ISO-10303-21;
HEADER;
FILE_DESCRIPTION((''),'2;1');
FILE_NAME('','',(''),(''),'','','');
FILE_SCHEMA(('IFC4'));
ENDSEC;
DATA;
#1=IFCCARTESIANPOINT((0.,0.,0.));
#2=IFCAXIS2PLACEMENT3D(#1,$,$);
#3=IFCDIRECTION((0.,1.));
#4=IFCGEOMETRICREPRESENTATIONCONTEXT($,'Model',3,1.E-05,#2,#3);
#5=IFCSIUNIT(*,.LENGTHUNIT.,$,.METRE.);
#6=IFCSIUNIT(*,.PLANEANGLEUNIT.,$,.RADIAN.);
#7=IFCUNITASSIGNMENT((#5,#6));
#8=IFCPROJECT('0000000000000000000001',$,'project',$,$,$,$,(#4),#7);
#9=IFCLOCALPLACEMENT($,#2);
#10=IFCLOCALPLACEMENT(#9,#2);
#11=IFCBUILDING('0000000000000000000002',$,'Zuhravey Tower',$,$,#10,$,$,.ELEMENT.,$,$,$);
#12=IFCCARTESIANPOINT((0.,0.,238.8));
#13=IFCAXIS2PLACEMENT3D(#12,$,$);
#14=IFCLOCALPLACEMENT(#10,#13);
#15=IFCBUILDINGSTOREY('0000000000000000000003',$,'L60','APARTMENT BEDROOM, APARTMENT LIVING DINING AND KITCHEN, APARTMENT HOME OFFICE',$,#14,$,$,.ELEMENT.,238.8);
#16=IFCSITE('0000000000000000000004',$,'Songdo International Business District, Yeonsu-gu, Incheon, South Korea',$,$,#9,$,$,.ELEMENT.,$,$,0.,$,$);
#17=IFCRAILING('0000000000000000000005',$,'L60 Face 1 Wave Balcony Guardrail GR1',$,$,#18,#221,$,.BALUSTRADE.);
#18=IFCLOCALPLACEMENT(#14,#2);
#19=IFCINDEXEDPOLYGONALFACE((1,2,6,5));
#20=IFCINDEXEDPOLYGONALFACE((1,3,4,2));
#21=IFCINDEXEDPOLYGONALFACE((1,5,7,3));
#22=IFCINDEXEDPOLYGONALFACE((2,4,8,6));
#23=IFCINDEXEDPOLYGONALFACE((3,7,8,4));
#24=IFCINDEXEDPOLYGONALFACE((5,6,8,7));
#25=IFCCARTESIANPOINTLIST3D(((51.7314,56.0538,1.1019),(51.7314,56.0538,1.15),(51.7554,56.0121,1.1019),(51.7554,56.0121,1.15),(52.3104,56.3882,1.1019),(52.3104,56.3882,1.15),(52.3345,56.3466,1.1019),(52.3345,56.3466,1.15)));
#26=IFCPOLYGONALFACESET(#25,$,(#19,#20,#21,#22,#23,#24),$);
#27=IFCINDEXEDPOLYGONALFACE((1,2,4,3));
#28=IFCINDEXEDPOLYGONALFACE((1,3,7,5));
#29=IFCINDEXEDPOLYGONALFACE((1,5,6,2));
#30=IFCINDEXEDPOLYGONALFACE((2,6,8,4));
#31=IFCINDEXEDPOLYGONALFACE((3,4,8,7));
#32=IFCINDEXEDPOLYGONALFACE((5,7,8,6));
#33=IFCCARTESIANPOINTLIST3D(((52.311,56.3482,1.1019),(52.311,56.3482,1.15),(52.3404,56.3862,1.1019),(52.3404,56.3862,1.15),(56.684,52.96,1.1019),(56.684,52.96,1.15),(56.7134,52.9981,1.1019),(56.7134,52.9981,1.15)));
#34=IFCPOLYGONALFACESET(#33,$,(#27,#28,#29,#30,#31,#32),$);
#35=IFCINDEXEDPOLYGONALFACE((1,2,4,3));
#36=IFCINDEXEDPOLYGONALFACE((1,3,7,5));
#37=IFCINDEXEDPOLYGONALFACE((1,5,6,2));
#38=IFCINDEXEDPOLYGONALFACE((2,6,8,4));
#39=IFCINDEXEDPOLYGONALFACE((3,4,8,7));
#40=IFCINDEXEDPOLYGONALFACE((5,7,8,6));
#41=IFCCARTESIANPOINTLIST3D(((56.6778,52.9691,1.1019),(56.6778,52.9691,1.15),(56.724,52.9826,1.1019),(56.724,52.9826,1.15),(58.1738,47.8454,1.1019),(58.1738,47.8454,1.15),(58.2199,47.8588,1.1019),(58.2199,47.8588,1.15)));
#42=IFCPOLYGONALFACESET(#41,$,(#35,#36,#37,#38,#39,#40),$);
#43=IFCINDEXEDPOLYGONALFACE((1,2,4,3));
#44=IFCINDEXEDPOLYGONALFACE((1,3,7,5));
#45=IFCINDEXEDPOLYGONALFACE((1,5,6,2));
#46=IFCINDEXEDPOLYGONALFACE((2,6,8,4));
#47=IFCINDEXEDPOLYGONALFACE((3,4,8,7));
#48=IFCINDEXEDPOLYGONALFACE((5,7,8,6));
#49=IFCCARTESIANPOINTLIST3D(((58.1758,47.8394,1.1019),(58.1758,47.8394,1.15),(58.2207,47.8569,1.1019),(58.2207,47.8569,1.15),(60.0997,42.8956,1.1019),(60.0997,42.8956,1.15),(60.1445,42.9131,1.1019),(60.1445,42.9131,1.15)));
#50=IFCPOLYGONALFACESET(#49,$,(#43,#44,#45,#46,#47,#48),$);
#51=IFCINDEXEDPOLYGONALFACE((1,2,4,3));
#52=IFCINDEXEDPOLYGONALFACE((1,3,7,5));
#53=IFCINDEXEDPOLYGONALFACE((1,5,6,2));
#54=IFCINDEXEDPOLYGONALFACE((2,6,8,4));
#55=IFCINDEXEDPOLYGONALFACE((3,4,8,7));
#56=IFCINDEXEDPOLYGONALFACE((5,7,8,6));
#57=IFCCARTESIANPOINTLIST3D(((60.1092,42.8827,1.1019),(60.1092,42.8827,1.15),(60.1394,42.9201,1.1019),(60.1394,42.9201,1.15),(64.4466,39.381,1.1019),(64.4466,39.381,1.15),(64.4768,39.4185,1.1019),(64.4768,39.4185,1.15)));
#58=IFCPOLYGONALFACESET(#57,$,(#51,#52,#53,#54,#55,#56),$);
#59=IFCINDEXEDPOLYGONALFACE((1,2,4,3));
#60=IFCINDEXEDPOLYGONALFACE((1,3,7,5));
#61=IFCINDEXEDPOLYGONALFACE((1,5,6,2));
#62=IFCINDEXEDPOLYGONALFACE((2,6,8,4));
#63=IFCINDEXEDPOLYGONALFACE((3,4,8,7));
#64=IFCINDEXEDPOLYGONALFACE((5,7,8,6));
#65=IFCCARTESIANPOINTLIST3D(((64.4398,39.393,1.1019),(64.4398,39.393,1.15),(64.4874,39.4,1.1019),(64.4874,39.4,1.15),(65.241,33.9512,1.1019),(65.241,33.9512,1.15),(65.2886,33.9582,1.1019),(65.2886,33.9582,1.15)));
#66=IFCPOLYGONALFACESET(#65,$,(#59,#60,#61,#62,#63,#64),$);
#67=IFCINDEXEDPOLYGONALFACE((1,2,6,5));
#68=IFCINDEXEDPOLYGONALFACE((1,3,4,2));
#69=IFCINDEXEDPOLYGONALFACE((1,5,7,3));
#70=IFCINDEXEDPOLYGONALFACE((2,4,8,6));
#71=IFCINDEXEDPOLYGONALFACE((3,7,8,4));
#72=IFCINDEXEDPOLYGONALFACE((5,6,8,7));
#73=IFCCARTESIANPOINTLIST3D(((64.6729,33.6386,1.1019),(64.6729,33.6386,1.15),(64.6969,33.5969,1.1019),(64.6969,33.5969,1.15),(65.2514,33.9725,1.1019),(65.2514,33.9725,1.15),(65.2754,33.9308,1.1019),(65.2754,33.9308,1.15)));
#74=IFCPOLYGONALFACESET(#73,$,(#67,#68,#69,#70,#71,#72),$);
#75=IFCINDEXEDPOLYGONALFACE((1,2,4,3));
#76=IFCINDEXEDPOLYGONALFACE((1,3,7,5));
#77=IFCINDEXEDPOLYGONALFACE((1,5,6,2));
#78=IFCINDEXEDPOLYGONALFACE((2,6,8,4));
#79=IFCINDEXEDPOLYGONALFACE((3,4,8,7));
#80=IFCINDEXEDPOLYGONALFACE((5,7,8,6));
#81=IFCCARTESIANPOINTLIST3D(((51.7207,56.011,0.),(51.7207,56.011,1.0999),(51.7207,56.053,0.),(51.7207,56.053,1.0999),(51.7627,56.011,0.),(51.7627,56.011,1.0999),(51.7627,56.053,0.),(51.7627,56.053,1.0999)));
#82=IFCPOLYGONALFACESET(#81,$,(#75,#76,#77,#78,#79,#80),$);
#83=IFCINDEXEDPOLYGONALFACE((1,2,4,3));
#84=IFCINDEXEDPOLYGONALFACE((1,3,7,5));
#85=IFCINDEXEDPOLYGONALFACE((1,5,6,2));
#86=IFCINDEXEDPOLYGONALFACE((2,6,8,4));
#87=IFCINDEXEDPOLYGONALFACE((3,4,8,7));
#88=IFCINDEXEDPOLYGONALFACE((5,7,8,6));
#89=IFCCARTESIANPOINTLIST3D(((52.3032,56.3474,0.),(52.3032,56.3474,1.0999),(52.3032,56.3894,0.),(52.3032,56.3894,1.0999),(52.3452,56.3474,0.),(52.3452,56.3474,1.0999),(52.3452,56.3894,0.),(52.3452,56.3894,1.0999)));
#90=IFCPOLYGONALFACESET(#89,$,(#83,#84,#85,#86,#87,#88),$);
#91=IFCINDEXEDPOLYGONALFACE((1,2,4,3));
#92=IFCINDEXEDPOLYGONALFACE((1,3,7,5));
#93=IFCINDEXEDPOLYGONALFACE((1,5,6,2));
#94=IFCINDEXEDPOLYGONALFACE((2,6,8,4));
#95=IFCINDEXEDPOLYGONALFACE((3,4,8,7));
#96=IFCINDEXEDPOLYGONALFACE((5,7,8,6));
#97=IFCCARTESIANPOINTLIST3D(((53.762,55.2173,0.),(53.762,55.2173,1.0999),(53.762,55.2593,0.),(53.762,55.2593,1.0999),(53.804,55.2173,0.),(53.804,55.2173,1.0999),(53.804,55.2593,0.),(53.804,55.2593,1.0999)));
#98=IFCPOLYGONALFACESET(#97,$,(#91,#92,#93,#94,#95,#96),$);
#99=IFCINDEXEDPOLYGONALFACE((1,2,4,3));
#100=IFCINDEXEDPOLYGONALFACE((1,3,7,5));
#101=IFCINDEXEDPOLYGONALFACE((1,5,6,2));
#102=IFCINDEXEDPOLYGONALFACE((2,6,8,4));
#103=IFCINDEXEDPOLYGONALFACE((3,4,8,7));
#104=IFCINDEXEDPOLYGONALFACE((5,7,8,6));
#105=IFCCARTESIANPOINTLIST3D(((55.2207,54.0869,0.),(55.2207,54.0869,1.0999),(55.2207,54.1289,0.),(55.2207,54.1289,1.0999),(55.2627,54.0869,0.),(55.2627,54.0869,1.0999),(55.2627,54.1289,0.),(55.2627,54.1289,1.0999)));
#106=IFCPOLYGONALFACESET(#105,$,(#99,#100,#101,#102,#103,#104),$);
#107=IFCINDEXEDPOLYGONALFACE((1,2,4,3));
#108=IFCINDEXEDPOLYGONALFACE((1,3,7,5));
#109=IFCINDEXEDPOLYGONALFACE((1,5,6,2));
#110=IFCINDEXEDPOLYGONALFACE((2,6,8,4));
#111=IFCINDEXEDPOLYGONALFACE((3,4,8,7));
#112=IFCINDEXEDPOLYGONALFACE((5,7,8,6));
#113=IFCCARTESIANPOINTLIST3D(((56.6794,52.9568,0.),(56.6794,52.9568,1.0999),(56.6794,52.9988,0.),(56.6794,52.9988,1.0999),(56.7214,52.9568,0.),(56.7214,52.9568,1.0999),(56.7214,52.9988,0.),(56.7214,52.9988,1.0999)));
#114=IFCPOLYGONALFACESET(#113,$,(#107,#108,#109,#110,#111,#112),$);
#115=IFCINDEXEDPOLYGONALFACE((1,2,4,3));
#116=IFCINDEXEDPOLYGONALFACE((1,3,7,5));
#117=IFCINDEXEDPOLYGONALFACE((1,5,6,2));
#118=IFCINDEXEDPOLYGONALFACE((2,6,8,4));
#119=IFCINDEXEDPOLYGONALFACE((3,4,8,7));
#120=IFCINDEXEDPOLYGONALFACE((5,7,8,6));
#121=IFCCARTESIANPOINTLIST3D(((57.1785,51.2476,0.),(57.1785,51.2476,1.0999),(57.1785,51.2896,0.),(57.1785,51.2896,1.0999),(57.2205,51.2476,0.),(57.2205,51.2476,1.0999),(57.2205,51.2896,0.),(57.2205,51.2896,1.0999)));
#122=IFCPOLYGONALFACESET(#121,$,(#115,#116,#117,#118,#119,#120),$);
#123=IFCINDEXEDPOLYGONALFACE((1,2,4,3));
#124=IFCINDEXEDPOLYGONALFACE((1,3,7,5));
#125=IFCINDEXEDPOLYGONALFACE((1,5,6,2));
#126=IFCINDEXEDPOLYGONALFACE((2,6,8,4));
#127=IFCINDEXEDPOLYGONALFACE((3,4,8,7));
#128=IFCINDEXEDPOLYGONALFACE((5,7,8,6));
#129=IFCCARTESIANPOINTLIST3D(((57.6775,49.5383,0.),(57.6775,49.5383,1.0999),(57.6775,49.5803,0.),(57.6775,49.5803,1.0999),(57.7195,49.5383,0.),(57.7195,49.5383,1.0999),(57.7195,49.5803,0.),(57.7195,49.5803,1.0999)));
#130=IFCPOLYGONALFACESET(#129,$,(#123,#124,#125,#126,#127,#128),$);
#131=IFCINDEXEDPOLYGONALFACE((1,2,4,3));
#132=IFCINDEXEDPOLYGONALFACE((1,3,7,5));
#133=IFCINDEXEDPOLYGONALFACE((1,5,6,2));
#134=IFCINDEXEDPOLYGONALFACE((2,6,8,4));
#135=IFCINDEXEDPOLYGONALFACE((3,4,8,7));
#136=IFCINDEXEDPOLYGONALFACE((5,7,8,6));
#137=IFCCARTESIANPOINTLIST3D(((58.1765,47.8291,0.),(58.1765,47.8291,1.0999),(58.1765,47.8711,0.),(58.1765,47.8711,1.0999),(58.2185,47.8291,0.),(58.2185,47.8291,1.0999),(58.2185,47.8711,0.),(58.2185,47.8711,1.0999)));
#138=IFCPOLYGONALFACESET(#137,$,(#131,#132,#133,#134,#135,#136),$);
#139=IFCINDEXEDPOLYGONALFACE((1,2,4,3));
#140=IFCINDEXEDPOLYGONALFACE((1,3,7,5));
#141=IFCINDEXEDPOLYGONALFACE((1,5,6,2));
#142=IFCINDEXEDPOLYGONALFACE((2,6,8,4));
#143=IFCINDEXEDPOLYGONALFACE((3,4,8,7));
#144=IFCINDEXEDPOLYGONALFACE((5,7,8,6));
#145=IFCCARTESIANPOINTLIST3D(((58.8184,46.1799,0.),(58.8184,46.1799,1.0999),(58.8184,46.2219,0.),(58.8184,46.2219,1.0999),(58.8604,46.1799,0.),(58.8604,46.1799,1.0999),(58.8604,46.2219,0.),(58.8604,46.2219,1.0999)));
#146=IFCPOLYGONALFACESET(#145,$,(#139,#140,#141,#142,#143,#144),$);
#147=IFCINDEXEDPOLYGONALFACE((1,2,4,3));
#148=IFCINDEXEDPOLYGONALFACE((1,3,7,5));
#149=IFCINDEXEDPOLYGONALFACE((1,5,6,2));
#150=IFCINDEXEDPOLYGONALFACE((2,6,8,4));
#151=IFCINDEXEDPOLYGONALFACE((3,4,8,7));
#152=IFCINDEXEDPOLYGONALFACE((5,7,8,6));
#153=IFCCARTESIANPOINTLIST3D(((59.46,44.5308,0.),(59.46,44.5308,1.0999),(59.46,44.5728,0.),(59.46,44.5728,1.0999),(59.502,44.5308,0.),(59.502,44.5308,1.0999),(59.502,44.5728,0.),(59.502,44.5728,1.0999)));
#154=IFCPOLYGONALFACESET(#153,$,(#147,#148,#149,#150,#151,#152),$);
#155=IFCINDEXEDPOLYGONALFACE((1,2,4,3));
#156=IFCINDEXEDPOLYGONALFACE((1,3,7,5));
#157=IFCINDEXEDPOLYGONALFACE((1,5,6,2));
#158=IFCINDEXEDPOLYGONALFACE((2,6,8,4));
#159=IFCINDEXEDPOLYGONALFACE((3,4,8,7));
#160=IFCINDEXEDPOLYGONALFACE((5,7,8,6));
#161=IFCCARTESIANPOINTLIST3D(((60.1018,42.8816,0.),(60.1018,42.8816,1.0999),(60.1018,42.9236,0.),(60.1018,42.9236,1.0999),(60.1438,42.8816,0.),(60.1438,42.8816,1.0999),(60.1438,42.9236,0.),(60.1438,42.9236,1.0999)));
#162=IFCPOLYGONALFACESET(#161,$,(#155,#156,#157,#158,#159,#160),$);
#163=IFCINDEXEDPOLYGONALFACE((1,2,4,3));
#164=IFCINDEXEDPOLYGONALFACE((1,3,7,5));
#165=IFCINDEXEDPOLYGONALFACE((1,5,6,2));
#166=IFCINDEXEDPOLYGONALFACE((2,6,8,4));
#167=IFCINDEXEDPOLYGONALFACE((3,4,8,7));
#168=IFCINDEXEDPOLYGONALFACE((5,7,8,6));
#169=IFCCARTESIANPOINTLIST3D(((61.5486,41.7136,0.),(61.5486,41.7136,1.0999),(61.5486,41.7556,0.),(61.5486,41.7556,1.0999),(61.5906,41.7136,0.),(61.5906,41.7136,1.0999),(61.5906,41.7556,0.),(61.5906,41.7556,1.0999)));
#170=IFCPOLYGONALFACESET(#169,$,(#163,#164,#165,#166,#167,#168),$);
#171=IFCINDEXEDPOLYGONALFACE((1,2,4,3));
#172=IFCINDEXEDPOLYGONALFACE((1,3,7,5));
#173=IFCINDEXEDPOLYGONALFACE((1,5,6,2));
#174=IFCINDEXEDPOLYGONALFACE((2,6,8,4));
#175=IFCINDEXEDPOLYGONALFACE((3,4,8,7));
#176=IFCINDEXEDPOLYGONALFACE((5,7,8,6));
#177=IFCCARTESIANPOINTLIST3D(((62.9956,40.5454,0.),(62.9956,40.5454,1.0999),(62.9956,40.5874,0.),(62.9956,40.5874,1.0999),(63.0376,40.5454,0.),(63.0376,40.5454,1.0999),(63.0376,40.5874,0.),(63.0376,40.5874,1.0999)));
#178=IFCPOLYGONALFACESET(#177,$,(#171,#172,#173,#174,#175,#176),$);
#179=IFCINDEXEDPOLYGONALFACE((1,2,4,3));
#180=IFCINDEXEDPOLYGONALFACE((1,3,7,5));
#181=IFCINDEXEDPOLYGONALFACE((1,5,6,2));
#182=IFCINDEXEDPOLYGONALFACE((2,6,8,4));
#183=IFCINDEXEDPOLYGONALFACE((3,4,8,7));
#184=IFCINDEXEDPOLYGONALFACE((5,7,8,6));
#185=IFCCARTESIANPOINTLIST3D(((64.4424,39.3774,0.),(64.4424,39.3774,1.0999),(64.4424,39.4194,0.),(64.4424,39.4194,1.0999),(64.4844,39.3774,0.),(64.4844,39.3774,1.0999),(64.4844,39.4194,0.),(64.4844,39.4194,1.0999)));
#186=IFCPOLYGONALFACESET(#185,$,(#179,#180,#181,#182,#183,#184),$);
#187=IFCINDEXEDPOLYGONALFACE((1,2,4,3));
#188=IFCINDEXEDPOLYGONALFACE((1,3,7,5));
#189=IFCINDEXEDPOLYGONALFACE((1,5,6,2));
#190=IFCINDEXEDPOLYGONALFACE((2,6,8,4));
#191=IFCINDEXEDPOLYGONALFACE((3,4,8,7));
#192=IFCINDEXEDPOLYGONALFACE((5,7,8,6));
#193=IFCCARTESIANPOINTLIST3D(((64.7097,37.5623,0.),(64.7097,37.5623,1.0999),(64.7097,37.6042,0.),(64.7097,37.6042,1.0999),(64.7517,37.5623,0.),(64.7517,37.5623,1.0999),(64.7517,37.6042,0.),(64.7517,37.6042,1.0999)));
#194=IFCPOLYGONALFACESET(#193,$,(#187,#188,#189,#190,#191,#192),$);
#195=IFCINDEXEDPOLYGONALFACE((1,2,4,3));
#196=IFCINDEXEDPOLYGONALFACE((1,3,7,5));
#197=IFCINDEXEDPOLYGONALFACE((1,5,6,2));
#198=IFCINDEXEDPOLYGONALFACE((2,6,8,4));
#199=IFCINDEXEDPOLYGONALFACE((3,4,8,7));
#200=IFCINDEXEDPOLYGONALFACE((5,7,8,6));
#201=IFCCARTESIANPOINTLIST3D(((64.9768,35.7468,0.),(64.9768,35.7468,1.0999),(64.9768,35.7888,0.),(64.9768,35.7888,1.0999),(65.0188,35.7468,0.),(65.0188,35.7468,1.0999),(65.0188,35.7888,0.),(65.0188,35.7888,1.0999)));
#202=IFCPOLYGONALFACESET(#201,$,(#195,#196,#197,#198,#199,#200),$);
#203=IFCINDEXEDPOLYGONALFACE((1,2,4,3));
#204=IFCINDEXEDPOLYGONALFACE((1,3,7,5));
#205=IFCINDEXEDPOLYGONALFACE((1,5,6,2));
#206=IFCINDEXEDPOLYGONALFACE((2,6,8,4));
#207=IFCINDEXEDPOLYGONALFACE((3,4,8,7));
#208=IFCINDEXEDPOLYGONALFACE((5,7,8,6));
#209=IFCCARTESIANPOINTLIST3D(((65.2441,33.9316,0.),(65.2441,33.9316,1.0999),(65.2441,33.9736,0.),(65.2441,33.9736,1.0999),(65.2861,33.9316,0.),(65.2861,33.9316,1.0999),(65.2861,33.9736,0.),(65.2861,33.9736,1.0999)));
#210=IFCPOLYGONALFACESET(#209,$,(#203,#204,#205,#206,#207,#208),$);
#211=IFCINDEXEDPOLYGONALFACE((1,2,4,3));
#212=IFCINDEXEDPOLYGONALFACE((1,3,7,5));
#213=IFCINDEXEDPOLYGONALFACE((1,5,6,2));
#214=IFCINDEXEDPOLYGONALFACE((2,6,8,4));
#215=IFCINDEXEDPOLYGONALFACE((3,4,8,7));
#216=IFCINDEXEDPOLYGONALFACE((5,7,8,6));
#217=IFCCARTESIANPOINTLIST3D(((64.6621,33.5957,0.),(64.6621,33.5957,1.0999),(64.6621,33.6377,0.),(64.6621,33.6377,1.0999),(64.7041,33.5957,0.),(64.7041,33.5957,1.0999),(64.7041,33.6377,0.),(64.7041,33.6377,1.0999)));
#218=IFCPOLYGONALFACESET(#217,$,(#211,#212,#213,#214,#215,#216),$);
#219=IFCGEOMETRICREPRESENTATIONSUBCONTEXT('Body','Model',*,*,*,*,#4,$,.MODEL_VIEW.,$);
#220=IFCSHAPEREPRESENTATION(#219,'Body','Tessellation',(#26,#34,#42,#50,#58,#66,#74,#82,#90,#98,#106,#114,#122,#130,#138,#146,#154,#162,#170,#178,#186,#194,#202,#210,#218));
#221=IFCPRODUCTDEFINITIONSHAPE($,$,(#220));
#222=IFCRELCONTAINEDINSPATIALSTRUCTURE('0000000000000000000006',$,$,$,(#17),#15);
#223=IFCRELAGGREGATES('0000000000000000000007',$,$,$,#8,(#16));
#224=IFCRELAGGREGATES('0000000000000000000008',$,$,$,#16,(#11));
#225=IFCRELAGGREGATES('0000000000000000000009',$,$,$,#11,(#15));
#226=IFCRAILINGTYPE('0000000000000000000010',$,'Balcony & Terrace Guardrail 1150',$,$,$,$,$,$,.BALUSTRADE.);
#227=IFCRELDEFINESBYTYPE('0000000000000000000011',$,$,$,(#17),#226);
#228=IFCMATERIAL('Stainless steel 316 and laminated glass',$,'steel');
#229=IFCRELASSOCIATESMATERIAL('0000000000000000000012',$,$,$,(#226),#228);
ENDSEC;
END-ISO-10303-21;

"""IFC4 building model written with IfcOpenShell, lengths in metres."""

from ifc_helpers import new_model, si_unit, direction, frame, origin, origin_2d, place, context, subcontext, project, spatial, rectangle, extrude, material, type_object, element, save


model = new_model("IFC4")

# Units and contexts
model_context = context("Model", 3, precision=1e-05, world=origin(), true_north=direction((0.0, 1.0)))
body_context = subcontext(model_context, "Body", "Model", "MODEL_VIEW")
ifc_project = project(units=[si_unit("LENGTHUNIT", "METRE"), si_unit("PLANEANGLEUNIT", "RADIAN")], contexts=[model_context])

# Site, building, storey
site_placement = place(None, origin())
site = spatial("IfcSite", under=ifc_project, at=site_placement, Name="Songdo International Business District, Yeonsu-gu, Incheon, South Korea", CompositionType="ELEMENT", RefElevation=0.0)
building_placement = place(site_placement, origin())
building = spatial("IfcBuilding", under=site, at=building_placement, Name="Zuhravey Tower", CompositionType="ELEMENT")
storey_placement = place(building_placement, frame((0.0, 0.0, 238.8)))
storey = spatial("IfcBuildingStorey", under=building, at=storey_placement, Name="L60", Description="APARTMENT BEDROOM, APARTMENT LIVING DINING AND KITCHEN, APARTMENT HOME OFFICE", CompositionType="ELEMENT", Elevation=238.8)

# Railing
ifc_material_1 = material(Name="Stainless steel 316 and laminated glass", Category="steel")
railing_type = type_object("IfcRailingType", Name="Balcony & Terrace Guardrail 1150", PredefinedType="BALUSTRADE", material=ifc_material_1)
railing_placement = place(storey_placement, frame((51.7417, 56.032, 0.0)))
element("IfcRailing", 1, at=railing_placement, inside=storey, type_object=railing_type, Name="L60 Face 1 Wave Balcony Guardrail GR1", PredefinedType="BALUSTRADE", context=body_context, shape_type="SweptSolid", body=[
    extrude(rectangle(XDim=0.0481, YDim=0.0481, at=origin_2d()), frame((0.0017, 0.001, 1.126), z_axis=(0.865956, 0.50012, 0.0), x_axis=(-0.50012, 0.865956, 0.0)), (0.0, 0.0, 1.0), 0.6687),
    extrude(rectangle(XDim=0.0481, YDim=0.0481, at=origin_2d()), frame((0.584, 0.3352, 1.126), z_axis=(0.790498, -0.612465, 0.0), x_axis=(0.612465, 0.790498, 0.0)), (0.0, 0.0, 1.0), 5.532),
    extrude(rectangle(XDim=0.0481, YDim=0.0481, at=origin_2d()), frame((4.9592, -3.0562, 1.126), z_axis=(0.280258, -0.959925, 0.0), x_axis=(0.959925, 0.280258, 0.0)), (0.0, 0.0, 1.0), 5.3376),
    extrude(rectangle(XDim=0.0481, YDim=0.0481, at=origin_2d()), frame((6.4565, -8.1838, 1.126), z_axis=(0.362653, -0.931924, 0.0), x_axis=(0.931924, 0.362653, 0.0)), (0.0, 0.0, 1.0), 5.3049),
    extrude(rectangle(XDim=0.0481, YDim=0.0481, at=origin_2d()), frame((8.3826, -13.1306, 1.126), z_axis=(0.77809, -0.628153, 0.0), x_axis=(0.628153, 0.77809, 0.0)), (0.0, 0.0, 1.0), 5.5745),
    extrude(rectangle(XDim=0.0481, YDim=0.0481, at=origin_2d()), frame((12.7219, -16.6355, 1.126), z_axis=(0.145655, -0.989335, 0.0), x_axis=(0.989335, 0.145655, 0.0)), (0.0, 0.0, 1.0), 5.5005),
    extrude(rectangle(XDim=0.0481, YDim=0.0481, at=origin_2d()), frame((13.5217, -22.0803, 1.126), z_axis=(-0.866089, -0.49989, 0.0), x_axis=(0.49989, -0.866089, 0.0)), (0.0, 0.0, 1.0), 0.668),
    extrude(rectangle(XDim=0.042, YDim=0.042, at=origin_2d()), origin(), (0.0, 0.0, 1.0), 1.0999),
    extrude(rectangle(XDim=0.042, YDim=0.042, at=origin_2d()), frame((0.5825, 0.3364, 0.0)), (0.0, 0.0, 1.0), 1.0999),
    extrude(rectangle(XDim=0.042, YDim=0.042, at=origin_2d()), frame((2.0413, -0.7937, 0.0)), (0.0, 0.0, 1.0), 1.0999),
    extrude(rectangle(XDim=0.042, YDim=0.042, at=origin_2d()), frame((3.5, -1.9241, 0.0)), (0.0, 0.0, 1.0), 1.0999),
    extrude(rectangle(XDim=0.042, YDim=0.042, at=origin_2d()), frame((4.9587, -3.0542, 0.0)), (0.0, 0.0, 1.0), 1.0999),
    extrude(rectangle(XDim=0.042, YDim=0.042, at=origin_2d()), frame((5.4578, -4.7634, 0.0)), (0.0, 0.0, 1.0), 1.0999),
    extrude(rectangle(XDim=0.042, YDim=0.042, at=origin_2d()), frame((5.9568, -6.4727, 0.0)), (0.0, 0.0, 1.0), 1.0999),
    extrude(rectangle(XDim=0.042, YDim=0.042, at=origin_2d()), frame((6.4558, -8.1819, 0.0)), (0.0, 0.0, 1.0), 1.0999),
    extrude(rectangle(XDim=0.042, YDim=0.042, at=origin_2d()), frame((7.0977, -9.8311, 0.0)), (0.0, 0.0, 1.0), 1.0999),
    extrude(rectangle(XDim=0.042, YDim=0.042, at=origin_2d()), frame((7.7393, -11.4802, 0.0)), (0.0, 0.0, 1.0), 1.0999),
    extrude(rectangle(XDim=0.042, YDim=0.042, at=origin_2d()), frame((8.3811, -13.1294, 0.0)), (0.0, 0.0, 1.0), 1.0999),
    extrude(rectangle(XDim=0.042, YDim=0.042, at=origin_2d()), frame((9.8279, -14.2974, 0.0)), (0.0, 0.0, 1.0), 1.0999),
    extrude(rectangle(XDim=0.042, YDim=0.042, at=origin_2d()), frame((11.2749, -15.4656, 0.0)), (0.0, 0.0, 1.0), 1.0999),
    extrude(rectangle(XDim=0.042, YDim=0.042, at=origin_2d()), frame((12.7217, -16.6335, 0.0)), (0.0, 0.0, 1.0), 1.0999),
    extrude(rectangle(XDim=0.042, YDim=0.042, at=origin_2d()), frame((12.989, -18.4487, 0.0)), (0.0, 0.0, 1.0), 1.0999),
    extrude(rectangle(XDim=0.042, YDim=0.042, at=origin_2d()), frame((13.2561, -20.2642, 0.0)), (0.0, 0.0, 1.0), 1.0999),
    extrude(rectangle(XDim=0.042, YDim=0.042, at=origin_2d()), frame((13.5234, -22.0793, 0.0)), (0.0, 0.0, 1.0), 1.0999),
    extrude(rectangle(XDim=0.042, YDim=0.042, at=origin_2d()), frame((12.9414, -22.4153, 0.0)), (0.0, 0.0, 1.0), 1.0999),
])

save(model, "model.ifc")
